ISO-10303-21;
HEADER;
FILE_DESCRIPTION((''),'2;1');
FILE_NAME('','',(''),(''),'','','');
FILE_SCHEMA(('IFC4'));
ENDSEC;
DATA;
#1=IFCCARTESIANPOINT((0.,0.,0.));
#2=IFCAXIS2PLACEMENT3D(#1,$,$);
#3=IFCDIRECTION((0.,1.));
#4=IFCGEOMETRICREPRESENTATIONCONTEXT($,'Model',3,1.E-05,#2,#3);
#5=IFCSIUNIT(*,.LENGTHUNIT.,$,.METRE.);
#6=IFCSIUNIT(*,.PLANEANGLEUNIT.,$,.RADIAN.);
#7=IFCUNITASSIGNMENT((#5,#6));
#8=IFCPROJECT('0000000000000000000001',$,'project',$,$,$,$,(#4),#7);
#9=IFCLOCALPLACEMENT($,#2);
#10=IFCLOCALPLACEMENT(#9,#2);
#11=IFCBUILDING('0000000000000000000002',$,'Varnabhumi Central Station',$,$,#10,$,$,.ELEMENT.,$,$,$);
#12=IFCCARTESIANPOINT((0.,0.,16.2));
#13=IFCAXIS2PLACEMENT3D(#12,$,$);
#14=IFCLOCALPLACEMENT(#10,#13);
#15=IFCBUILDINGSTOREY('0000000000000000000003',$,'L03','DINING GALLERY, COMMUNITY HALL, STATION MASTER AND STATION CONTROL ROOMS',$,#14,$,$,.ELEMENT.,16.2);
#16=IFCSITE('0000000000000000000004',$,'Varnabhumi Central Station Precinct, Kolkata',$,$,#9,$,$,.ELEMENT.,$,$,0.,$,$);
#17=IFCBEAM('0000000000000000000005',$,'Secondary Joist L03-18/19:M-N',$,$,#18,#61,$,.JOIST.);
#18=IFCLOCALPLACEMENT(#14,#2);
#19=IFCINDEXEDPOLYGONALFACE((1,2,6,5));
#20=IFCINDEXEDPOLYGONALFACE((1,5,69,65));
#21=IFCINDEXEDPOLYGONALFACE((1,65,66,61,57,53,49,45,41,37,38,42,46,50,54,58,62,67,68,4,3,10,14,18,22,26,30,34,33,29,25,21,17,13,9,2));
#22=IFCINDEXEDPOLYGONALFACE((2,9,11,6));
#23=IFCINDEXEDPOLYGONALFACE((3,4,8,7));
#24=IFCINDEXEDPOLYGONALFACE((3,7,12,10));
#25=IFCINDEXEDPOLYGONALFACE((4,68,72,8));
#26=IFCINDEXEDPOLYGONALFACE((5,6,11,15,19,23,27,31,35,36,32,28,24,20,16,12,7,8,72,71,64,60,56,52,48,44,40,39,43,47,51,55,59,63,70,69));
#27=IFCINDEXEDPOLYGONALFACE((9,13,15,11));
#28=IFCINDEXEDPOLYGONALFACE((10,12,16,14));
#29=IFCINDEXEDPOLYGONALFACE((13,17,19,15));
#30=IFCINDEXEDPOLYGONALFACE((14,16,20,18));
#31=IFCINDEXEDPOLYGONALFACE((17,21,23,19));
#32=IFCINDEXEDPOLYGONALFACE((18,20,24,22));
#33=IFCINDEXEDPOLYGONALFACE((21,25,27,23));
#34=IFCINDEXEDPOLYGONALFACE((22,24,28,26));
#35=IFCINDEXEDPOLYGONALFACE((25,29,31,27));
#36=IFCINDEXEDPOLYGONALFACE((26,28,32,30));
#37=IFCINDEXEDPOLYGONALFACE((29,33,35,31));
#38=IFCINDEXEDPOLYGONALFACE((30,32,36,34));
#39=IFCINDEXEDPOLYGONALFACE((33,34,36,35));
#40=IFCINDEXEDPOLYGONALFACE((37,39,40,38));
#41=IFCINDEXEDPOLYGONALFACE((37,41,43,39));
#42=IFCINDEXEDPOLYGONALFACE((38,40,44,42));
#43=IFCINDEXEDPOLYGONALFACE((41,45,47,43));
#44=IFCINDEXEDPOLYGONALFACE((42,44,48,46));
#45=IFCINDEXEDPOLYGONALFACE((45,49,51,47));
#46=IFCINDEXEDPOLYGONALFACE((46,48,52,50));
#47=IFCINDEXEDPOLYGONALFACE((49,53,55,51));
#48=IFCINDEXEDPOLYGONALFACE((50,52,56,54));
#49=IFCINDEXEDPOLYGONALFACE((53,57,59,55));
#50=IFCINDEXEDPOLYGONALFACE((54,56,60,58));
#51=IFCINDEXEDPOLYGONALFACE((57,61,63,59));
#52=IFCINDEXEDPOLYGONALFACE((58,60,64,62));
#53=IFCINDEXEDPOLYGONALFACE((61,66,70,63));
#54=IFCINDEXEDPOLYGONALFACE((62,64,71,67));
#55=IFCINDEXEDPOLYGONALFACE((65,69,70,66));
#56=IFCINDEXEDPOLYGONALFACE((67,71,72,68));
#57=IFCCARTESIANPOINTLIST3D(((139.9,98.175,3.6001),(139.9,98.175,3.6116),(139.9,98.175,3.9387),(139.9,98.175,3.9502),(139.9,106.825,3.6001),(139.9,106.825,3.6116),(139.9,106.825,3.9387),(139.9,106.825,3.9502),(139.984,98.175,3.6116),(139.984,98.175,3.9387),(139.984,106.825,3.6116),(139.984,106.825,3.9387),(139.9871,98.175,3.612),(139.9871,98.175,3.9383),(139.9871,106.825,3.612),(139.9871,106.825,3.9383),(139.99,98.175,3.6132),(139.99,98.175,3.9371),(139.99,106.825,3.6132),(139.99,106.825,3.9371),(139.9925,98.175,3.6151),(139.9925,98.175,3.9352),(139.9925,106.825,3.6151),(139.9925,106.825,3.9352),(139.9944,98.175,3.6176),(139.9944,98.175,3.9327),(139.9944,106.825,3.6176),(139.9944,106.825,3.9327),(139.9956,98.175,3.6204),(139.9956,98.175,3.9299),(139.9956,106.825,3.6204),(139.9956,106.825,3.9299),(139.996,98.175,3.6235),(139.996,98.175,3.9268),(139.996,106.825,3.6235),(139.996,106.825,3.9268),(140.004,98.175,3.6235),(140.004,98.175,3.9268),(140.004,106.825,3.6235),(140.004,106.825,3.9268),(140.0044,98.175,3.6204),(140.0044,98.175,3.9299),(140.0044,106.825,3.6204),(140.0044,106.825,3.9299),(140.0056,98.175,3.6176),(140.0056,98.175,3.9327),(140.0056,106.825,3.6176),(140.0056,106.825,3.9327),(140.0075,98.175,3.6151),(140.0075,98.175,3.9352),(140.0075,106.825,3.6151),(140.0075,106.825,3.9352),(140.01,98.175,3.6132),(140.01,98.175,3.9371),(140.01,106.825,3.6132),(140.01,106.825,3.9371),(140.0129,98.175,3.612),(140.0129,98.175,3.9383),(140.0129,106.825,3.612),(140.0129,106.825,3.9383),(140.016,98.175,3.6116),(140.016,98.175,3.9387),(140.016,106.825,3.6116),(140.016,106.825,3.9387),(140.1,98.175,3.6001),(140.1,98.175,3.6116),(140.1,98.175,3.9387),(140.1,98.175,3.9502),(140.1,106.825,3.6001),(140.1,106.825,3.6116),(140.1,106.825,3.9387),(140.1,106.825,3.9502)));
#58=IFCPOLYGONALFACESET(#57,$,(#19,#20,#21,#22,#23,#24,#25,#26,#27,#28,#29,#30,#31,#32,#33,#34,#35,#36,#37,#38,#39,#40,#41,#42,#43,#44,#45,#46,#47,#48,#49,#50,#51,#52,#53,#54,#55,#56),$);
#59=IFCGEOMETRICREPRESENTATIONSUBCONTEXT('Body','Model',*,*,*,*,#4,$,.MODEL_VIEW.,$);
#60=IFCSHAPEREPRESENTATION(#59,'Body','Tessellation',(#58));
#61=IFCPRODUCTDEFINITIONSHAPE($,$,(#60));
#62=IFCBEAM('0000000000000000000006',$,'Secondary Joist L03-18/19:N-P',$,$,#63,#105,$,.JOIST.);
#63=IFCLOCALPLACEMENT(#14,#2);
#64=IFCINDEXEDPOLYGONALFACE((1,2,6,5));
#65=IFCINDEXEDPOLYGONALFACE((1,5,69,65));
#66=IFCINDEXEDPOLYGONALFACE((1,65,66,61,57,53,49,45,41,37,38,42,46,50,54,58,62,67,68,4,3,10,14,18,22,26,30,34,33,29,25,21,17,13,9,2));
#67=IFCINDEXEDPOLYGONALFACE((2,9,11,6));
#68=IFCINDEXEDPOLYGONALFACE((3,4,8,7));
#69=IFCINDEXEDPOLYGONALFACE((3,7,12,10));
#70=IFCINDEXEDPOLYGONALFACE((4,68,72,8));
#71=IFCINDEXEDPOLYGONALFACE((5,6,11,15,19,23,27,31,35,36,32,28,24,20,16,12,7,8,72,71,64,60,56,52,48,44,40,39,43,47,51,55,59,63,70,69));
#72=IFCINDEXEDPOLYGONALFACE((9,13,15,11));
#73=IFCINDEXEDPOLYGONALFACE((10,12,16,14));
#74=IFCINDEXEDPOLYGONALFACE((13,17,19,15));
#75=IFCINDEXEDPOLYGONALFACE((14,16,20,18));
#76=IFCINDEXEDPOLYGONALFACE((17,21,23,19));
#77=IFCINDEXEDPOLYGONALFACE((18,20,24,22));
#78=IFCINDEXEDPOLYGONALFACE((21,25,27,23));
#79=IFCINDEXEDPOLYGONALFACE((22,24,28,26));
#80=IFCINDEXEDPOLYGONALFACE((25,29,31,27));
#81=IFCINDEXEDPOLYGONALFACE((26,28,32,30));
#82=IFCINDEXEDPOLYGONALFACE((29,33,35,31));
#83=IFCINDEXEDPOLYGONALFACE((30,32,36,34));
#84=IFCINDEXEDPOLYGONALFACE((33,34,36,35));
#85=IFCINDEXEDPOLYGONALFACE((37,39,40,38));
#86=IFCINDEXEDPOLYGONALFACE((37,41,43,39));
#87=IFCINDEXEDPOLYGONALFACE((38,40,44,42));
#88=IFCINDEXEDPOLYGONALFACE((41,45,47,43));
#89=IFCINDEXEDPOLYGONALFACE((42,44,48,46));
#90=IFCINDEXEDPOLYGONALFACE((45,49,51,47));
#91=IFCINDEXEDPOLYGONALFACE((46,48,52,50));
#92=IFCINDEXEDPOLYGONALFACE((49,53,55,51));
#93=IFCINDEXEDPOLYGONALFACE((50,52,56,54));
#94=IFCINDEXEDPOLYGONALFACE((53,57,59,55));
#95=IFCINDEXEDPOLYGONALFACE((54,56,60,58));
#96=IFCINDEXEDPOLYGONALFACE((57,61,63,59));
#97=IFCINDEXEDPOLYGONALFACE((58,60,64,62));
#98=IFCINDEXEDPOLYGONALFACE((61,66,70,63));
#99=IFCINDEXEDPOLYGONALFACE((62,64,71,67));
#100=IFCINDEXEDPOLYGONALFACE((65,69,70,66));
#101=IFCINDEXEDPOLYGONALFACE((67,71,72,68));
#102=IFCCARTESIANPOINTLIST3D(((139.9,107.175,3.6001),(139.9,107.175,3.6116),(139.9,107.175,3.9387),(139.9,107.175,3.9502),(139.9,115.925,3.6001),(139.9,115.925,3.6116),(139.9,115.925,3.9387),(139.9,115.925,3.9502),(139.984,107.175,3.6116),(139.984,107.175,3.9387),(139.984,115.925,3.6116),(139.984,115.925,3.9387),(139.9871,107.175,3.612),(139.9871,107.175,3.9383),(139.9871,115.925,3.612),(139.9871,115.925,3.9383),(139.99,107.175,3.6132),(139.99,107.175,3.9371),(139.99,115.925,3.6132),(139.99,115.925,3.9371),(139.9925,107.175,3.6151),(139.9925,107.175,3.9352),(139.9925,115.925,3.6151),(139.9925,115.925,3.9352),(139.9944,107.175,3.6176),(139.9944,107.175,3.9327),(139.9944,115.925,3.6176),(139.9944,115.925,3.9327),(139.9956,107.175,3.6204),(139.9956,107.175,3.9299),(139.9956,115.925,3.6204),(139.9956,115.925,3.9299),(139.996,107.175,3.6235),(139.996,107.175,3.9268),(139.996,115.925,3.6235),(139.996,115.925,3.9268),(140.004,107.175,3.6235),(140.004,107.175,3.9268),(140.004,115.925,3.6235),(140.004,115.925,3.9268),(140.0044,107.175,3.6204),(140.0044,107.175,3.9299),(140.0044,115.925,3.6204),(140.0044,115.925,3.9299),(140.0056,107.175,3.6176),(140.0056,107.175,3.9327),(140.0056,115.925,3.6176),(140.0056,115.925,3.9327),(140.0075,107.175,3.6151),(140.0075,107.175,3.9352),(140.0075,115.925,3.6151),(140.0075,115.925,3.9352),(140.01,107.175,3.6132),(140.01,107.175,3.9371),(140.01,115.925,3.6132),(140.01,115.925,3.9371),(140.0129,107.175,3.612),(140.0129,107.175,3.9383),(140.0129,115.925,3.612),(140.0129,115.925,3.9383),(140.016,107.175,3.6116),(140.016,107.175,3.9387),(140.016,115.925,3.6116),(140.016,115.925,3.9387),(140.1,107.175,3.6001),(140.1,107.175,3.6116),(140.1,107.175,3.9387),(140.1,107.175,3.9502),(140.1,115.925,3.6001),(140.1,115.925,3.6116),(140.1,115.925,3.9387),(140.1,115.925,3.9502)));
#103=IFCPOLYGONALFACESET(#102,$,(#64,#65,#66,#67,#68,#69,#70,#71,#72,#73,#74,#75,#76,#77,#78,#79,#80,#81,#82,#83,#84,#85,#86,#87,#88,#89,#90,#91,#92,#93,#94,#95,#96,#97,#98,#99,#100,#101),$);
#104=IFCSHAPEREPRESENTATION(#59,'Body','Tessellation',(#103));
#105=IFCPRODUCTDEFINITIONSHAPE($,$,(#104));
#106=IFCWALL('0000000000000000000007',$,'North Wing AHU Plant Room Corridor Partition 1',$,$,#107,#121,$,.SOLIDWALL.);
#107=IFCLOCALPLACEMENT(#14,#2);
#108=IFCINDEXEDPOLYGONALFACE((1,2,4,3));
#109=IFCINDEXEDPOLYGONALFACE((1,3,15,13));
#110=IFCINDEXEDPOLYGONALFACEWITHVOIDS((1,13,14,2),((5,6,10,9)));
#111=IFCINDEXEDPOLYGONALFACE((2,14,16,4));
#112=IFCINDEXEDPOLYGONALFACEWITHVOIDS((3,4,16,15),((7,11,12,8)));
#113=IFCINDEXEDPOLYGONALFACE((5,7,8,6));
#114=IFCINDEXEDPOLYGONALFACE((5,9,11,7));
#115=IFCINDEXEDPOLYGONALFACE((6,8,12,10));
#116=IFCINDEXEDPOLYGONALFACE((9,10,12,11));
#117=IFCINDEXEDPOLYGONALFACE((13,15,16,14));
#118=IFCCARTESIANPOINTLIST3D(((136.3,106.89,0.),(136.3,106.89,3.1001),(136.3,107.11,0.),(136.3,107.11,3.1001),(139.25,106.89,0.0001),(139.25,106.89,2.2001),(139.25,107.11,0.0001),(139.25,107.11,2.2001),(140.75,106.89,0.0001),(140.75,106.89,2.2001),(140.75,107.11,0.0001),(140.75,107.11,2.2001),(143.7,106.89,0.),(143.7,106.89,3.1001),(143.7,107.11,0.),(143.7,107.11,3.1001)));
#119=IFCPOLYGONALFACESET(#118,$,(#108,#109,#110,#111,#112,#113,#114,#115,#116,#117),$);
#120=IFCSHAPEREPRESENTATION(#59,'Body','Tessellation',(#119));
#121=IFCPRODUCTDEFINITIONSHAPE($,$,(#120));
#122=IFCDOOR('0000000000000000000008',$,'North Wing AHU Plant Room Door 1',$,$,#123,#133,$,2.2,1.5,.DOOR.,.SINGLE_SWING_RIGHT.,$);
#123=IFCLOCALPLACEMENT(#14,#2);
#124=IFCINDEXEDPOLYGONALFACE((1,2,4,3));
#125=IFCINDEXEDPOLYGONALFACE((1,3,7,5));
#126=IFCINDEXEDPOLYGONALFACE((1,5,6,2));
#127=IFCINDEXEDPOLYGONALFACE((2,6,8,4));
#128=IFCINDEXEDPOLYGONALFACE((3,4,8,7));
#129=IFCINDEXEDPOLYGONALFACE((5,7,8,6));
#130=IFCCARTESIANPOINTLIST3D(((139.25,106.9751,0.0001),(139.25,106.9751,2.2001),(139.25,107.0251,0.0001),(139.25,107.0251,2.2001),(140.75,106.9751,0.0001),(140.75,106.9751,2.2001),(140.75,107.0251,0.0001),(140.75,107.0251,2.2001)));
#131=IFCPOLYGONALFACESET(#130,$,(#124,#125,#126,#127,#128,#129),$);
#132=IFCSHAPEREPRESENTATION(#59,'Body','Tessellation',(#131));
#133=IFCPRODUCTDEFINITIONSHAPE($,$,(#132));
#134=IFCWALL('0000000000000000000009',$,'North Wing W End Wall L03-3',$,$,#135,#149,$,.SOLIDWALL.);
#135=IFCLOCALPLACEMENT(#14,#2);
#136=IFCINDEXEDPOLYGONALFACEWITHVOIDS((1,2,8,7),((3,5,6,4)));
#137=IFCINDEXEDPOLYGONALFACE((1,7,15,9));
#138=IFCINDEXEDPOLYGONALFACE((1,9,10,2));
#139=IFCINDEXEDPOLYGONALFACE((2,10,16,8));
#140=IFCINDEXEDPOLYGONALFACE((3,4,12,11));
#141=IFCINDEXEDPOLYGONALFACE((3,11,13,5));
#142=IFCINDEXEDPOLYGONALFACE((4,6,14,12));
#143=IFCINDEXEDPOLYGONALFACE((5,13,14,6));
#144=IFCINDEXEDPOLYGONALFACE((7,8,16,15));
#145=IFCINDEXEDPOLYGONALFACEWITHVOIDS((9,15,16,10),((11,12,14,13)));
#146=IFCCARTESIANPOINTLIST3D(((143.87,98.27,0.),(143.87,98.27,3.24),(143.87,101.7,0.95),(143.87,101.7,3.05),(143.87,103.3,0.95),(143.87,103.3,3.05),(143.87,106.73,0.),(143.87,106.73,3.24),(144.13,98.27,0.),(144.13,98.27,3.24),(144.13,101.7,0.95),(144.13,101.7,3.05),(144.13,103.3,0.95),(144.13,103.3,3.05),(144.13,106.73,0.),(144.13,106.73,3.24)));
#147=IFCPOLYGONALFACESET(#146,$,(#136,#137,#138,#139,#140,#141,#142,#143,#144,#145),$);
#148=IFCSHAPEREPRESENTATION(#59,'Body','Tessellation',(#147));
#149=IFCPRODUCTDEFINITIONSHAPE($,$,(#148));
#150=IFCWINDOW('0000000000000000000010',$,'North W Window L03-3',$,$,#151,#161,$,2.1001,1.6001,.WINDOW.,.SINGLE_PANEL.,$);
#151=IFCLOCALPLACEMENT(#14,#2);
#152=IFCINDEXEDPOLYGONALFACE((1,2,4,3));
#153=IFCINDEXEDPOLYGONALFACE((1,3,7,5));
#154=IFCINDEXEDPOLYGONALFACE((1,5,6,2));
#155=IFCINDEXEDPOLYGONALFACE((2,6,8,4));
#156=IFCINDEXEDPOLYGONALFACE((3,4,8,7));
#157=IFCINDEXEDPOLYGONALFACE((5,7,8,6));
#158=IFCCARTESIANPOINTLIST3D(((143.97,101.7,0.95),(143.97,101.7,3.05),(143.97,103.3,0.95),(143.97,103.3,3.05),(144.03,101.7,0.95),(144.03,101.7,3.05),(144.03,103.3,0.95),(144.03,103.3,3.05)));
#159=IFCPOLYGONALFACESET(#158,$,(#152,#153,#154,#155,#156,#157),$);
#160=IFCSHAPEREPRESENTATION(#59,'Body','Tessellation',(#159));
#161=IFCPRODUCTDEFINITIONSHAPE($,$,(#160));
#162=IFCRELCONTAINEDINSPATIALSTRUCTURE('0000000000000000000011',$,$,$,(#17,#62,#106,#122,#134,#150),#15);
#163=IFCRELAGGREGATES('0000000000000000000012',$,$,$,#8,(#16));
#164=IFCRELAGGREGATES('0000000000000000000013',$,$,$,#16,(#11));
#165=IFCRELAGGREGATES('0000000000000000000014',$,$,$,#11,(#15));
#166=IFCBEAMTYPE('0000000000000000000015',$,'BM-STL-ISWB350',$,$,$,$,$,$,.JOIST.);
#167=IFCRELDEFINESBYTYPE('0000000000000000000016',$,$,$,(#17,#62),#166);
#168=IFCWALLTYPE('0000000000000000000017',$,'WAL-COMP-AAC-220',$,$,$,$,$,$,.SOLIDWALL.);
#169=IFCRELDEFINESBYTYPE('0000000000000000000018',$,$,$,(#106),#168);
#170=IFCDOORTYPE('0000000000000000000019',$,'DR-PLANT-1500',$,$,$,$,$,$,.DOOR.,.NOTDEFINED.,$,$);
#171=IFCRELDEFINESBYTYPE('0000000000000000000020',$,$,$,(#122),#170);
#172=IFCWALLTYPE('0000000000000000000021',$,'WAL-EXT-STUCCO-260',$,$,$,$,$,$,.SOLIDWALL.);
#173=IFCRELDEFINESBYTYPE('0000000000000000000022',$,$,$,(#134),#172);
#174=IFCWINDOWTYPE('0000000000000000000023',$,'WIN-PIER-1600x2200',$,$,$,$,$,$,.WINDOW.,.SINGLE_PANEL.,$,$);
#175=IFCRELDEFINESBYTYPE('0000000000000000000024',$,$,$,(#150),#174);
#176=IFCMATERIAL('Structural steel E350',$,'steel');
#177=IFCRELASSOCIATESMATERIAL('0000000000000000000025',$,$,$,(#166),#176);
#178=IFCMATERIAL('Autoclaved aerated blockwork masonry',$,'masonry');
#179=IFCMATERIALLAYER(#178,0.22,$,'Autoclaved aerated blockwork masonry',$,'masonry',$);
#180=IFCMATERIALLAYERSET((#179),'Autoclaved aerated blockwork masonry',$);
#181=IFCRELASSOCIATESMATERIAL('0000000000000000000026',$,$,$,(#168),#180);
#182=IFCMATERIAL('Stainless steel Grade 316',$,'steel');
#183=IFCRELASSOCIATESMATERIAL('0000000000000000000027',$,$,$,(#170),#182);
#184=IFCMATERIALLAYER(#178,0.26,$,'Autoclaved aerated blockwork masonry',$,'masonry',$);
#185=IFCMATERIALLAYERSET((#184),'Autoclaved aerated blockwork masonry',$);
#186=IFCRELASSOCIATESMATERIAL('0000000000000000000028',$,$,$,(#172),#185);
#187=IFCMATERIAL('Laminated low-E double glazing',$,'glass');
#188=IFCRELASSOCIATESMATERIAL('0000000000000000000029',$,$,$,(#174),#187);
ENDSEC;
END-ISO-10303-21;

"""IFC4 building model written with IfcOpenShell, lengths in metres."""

from ifc_helpers import new_model, si_unit, direction, frame, frame_2d, origin, origin_2d, place, context, subcontext, project, spatial, rectangle, i_section, extrude, material, layer, layer_set, material_profile, profile_set, type_object, element, fill, save


model = new_model("IFC4")

# Units and contexts
model_context = context("Model", 3, precision=1e-05, world=origin(), true_north=direction((0.0, 1.0)))
body_context = subcontext(model_context, "Body", "Model", "MODEL_VIEW")
ifc_project = project(units=[si_unit("LENGTHUNIT", "METRE"), si_unit("PLANEANGLEUNIT", "RADIAN")], contexts=[model_context])

# Site, building, storey
site_placement = place(None, origin())
site = spatial("IfcSite", under=ifc_project, at=site_placement, Name="Varnabhumi Central Station Precinct, Kolkata", CompositionType="ELEMENT", RefElevation=0.0)
building_placement = place(site_placement, origin())
building = spatial("IfcBuilding", under=site, at=building_placement, Name="Varnabhumi Central Station", CompositionType="ELEMENT")
storey_placement = place(building_placement, frame((0.0, 0.0, 16.2)))
storey = spatial("IfcBuildingStorey", under=building, at=storey_placement, Name="L03", Description="DINING GALLERY, COMMUNITY HALL, STATION MASTER AND STATION CONTROL ROOMS", CompositionType="ELEMENT", Elevation=16.2)

# Shared definitions
ifc_material_1 = material(Name="Structural steel E350", Category="steel")

# Beams
ifc_material_profile_1 = material_profile(ifc_material_1, i_section(OverallWidth=0.2, OverallDepth=0.3501, WebThickness=0.0081, FlangeThickness=0.0115, FilletRadius=0.012, at=origin_2d()), Name="Structural steel E350", Category="steel")
ifc_profile_set_1 = profile_set([ifc_material_profile_1], Name="Structural steel E350")
beam_type_1 = type_object("IfcBeamType", Name="BM-STL-ISWB350", PredefinedType="JOIST", material=ifc_profile_set_1)
beam_1_placement = place(storey_placement, frame((140.0, 98.175, 3.7751), z_axis=(0.0, 1.0, 0.0), x_axis=(-1.0, 0.0, 0.0)))
element("IfcBeam", 1, at=beam_1_placement, inside=storey, type_object=beam_type_1, Name="Secondary Joist L03-18/19:M-N", PredefinedType="JOIST", context=body_context, shape_type="SweptSolid", body=[
    extrude(i_section(OverallWidth=0.2, OverallDepth=0.3501, WebThickness=0.0081, FlangeThickness=0.0115, FilletRadius=0.012, at=origin_2d()), origin(), (0.0, 0.0, 1.0), 8.6499),
])
beam_2_placement = place(storey_placement, frame((140.0, 107.175, 3.7751), z_axis=(0.0, 1.0, 0.0), x_axis=(-1.0, 0.0, 0.0)))
element("IfcBeam", 2, at=beam_2_placement, inside=storey, type_object=beam_type_1, Name="Secondary Joist L03-18/19:N-P", PredefinedType="JOIST", context=body_context, shape_type="SweptSolid", body=[
    extrude(i_section(OverallWidth=0.2, OverallDepth=0.3501, WebThickness=0.0081, FlangeThickness=0.0115, FilletRadius=0.012, at=origin_2d()), origin(), (0.0, 0.0, 1.0), 8.75),
])

# Wall, opening, door
ifc_material_2 = material(Name="Autoclaved aerated blockwork masonry", Category="masonry")
ifc_layer_1 = layer(ifc_material_2, 0.22, Name="Autoclaved aerated blockwork masonry", Category="masonry")
ifc_layer_set_1 = layer_set([ifc_layer_1], Name="Autoclaved aerated blockwork masonry")
wall_type_1 = type_object("IfcWallType", Name="WAL-COMP-AAC-220", PredefinedType="SOLIDWALL", material=ifc_layer_set_1)
wall_1_placement = place(storey_placement, frame((136.3, 107.0, 0.0), z_axis=(0.0, 0.0, 1.0), x_axis=(1.0, 0.0, 0.0)))
wall_1 = element("IfcWall", 3, at=wall_1_placement, inside=storey, type_object=wall_type_1, Name="North Wing AHU Plant Room Corridor Partition 1", PredefinedType="SOLIDWALL", context=body_context, shape_type="SweptSolid", body=[
    extrude(rectangle(XDim=7.3999, YDim=0.22, at=frame_2d((3.7, 0.0))), origin(), (0.0, 0.0, 1.0), 3.1001),
])
opening_1_placement = place(wall_1_placement, frame((2.95, 0.0, 0.0)))
opening_1 = element("IfcOpeningElement", 4, at=opening_1_placement, cuts=wall_1, PredefinedType="OPENING", context=body_context, shape_type="SweptSolid", body=[
    extrude(rectangle(XDim=1.5, YDim=2.2, at=frame_2d((0.75, 1.1001))), frame((0.0, 0.1199, 0.0), z_axis=(0.0, -1.0, 0.0), x_axis=(1.0, 0.0, 0.0)), (0.0, 0.0, 1.0), 0.24),
])
ifc_material_3 = material(Name="Stainless steel Grade 316", Category="steel")
door_type_1 = type_object("IfcDoorType", Name="DR-PLANT-1500", OperationType="NOTDEFINED", PredefinedType="DOOR", material=ifc_material_3)
door_1_placement = place(opening_1_placement, frame((1.5, 0.0, 0.0), z_axis=(0.0, 0.0, 1.0), x_axis=(-1.0, 0.0, 0.0)))
door_1 = element("IfcDoor", 5, at=door_1_placement, inside=storey, type_object=door_type_1, Name="North Wing AHU Plant Room Door 1", OperationType="SINGLE_SWING_RIGHT", OverallHeight=2.2, OverallWidth=1.5, PredefinedType="DOOR", context=body_context, shape_type="SweptSolid", body=[
    extrude(rectangle(XDim=1.5, YDim=2.2, at=frame_2d((0.75, 1.1001))), frame((0.0, 0.0249, 0.0), z_axis=(0.0, -1.0, 0.0), x_axis=(1.0, 0.0, 0.0)), (0.0, 0.0, 1.0), 0.05),
])
fill(opening_1, door_1)

# Wall, opening, window
ifc_layer_2 = layer(ifc_material_2, 0.26, Name="Autoclaved aerated blockwork masonry", Category="masonry")
ifc_layer_set_2 = layer_set([ifc_layer_2], Name="Autoclaved aerated blockwork masonry")
wall_type_2 = type_object("IfcWallType", Name="WAL-EXT-STUCCO-260", PredefinedType="SOLIDWALL", material=ifc_layer_set_2)
wall_2_placement = place(storey_placement, frame((144.0, 98.27, 0.0), z_axis=(0.0, 0.0, 1.0), x_axis=(0.0, 1.0, 0.0)))
wall_2 = element("IfcWall", 6, at=wall_2_placement, inside=storey, type_object=wall_type_2, Name="North Wing W End Wall L03-3", PredefinedType="SOLIDWALL", context=body_context, shape_type="SweptSolid", body=[
    extrude(rectangle(XDim=8.46, YDim=0.26, at=frame_2d((4.23, 0.0))), origin(), (0.0, 0.0, 1.0), 3.24),
])
opening_2_placement = place(wall_2_placement, frame((3.4299, 0.0, 0.95)))
opening_2 = element("IfcOpeningElement", 7, at=opening_2_placement, cuts=wall_2, PredefinedType="OPENING", context=body_context, shape_type="SweptSolid", body=[
    extrude(rectangle(XDim=1.6001, YDim=2.1001, at=frame_2d((0.8, 1.05))), frame((0.0, 0.1399, 0.0), z_axis=(0.0, -1.0, 0.0), x_axis=(1.0, 0.0, 0.0)), (0.0, 0.0, 1.0), 0.28),
])
ifc_material_4 = material(Name="Laminated low-E double glazing", Category="glass")
window_type = type_object("IfcWindowType", Name="WIN-PIER-1600x2200", PartitioningType="SINGLE_PANEL", PredefinedType="WINDOW", material=ifc_material_4)
window_1_placement = place(opening_2_placement, origin())
window_1 = element("IfcWindow", 8, at=window_1_placement, inside=storey, type_object=window_type, Name="North W Window L03-3", OverallHeight=2.1001, OverallWidth=1.6001, PartitioningType="SINGLE_PANEL", PredefinedType="WINDOW", context=body_context, shape_type="SweptSolid", body=[
    extrude(rectangle(XDim=1.6001, YDim=2.1001, at=frame_2d((0.8, 1.05))), frame((0.0, 0.03, 0.0), z_axis=(0.0, -1.0, 0.0), x_axis=(1.0, 0.0, 0.0)), (0.0, 0.0, 1.0), 0.0601),
])
fill(opening_2, window_1)

save(model, "model.ifc")
